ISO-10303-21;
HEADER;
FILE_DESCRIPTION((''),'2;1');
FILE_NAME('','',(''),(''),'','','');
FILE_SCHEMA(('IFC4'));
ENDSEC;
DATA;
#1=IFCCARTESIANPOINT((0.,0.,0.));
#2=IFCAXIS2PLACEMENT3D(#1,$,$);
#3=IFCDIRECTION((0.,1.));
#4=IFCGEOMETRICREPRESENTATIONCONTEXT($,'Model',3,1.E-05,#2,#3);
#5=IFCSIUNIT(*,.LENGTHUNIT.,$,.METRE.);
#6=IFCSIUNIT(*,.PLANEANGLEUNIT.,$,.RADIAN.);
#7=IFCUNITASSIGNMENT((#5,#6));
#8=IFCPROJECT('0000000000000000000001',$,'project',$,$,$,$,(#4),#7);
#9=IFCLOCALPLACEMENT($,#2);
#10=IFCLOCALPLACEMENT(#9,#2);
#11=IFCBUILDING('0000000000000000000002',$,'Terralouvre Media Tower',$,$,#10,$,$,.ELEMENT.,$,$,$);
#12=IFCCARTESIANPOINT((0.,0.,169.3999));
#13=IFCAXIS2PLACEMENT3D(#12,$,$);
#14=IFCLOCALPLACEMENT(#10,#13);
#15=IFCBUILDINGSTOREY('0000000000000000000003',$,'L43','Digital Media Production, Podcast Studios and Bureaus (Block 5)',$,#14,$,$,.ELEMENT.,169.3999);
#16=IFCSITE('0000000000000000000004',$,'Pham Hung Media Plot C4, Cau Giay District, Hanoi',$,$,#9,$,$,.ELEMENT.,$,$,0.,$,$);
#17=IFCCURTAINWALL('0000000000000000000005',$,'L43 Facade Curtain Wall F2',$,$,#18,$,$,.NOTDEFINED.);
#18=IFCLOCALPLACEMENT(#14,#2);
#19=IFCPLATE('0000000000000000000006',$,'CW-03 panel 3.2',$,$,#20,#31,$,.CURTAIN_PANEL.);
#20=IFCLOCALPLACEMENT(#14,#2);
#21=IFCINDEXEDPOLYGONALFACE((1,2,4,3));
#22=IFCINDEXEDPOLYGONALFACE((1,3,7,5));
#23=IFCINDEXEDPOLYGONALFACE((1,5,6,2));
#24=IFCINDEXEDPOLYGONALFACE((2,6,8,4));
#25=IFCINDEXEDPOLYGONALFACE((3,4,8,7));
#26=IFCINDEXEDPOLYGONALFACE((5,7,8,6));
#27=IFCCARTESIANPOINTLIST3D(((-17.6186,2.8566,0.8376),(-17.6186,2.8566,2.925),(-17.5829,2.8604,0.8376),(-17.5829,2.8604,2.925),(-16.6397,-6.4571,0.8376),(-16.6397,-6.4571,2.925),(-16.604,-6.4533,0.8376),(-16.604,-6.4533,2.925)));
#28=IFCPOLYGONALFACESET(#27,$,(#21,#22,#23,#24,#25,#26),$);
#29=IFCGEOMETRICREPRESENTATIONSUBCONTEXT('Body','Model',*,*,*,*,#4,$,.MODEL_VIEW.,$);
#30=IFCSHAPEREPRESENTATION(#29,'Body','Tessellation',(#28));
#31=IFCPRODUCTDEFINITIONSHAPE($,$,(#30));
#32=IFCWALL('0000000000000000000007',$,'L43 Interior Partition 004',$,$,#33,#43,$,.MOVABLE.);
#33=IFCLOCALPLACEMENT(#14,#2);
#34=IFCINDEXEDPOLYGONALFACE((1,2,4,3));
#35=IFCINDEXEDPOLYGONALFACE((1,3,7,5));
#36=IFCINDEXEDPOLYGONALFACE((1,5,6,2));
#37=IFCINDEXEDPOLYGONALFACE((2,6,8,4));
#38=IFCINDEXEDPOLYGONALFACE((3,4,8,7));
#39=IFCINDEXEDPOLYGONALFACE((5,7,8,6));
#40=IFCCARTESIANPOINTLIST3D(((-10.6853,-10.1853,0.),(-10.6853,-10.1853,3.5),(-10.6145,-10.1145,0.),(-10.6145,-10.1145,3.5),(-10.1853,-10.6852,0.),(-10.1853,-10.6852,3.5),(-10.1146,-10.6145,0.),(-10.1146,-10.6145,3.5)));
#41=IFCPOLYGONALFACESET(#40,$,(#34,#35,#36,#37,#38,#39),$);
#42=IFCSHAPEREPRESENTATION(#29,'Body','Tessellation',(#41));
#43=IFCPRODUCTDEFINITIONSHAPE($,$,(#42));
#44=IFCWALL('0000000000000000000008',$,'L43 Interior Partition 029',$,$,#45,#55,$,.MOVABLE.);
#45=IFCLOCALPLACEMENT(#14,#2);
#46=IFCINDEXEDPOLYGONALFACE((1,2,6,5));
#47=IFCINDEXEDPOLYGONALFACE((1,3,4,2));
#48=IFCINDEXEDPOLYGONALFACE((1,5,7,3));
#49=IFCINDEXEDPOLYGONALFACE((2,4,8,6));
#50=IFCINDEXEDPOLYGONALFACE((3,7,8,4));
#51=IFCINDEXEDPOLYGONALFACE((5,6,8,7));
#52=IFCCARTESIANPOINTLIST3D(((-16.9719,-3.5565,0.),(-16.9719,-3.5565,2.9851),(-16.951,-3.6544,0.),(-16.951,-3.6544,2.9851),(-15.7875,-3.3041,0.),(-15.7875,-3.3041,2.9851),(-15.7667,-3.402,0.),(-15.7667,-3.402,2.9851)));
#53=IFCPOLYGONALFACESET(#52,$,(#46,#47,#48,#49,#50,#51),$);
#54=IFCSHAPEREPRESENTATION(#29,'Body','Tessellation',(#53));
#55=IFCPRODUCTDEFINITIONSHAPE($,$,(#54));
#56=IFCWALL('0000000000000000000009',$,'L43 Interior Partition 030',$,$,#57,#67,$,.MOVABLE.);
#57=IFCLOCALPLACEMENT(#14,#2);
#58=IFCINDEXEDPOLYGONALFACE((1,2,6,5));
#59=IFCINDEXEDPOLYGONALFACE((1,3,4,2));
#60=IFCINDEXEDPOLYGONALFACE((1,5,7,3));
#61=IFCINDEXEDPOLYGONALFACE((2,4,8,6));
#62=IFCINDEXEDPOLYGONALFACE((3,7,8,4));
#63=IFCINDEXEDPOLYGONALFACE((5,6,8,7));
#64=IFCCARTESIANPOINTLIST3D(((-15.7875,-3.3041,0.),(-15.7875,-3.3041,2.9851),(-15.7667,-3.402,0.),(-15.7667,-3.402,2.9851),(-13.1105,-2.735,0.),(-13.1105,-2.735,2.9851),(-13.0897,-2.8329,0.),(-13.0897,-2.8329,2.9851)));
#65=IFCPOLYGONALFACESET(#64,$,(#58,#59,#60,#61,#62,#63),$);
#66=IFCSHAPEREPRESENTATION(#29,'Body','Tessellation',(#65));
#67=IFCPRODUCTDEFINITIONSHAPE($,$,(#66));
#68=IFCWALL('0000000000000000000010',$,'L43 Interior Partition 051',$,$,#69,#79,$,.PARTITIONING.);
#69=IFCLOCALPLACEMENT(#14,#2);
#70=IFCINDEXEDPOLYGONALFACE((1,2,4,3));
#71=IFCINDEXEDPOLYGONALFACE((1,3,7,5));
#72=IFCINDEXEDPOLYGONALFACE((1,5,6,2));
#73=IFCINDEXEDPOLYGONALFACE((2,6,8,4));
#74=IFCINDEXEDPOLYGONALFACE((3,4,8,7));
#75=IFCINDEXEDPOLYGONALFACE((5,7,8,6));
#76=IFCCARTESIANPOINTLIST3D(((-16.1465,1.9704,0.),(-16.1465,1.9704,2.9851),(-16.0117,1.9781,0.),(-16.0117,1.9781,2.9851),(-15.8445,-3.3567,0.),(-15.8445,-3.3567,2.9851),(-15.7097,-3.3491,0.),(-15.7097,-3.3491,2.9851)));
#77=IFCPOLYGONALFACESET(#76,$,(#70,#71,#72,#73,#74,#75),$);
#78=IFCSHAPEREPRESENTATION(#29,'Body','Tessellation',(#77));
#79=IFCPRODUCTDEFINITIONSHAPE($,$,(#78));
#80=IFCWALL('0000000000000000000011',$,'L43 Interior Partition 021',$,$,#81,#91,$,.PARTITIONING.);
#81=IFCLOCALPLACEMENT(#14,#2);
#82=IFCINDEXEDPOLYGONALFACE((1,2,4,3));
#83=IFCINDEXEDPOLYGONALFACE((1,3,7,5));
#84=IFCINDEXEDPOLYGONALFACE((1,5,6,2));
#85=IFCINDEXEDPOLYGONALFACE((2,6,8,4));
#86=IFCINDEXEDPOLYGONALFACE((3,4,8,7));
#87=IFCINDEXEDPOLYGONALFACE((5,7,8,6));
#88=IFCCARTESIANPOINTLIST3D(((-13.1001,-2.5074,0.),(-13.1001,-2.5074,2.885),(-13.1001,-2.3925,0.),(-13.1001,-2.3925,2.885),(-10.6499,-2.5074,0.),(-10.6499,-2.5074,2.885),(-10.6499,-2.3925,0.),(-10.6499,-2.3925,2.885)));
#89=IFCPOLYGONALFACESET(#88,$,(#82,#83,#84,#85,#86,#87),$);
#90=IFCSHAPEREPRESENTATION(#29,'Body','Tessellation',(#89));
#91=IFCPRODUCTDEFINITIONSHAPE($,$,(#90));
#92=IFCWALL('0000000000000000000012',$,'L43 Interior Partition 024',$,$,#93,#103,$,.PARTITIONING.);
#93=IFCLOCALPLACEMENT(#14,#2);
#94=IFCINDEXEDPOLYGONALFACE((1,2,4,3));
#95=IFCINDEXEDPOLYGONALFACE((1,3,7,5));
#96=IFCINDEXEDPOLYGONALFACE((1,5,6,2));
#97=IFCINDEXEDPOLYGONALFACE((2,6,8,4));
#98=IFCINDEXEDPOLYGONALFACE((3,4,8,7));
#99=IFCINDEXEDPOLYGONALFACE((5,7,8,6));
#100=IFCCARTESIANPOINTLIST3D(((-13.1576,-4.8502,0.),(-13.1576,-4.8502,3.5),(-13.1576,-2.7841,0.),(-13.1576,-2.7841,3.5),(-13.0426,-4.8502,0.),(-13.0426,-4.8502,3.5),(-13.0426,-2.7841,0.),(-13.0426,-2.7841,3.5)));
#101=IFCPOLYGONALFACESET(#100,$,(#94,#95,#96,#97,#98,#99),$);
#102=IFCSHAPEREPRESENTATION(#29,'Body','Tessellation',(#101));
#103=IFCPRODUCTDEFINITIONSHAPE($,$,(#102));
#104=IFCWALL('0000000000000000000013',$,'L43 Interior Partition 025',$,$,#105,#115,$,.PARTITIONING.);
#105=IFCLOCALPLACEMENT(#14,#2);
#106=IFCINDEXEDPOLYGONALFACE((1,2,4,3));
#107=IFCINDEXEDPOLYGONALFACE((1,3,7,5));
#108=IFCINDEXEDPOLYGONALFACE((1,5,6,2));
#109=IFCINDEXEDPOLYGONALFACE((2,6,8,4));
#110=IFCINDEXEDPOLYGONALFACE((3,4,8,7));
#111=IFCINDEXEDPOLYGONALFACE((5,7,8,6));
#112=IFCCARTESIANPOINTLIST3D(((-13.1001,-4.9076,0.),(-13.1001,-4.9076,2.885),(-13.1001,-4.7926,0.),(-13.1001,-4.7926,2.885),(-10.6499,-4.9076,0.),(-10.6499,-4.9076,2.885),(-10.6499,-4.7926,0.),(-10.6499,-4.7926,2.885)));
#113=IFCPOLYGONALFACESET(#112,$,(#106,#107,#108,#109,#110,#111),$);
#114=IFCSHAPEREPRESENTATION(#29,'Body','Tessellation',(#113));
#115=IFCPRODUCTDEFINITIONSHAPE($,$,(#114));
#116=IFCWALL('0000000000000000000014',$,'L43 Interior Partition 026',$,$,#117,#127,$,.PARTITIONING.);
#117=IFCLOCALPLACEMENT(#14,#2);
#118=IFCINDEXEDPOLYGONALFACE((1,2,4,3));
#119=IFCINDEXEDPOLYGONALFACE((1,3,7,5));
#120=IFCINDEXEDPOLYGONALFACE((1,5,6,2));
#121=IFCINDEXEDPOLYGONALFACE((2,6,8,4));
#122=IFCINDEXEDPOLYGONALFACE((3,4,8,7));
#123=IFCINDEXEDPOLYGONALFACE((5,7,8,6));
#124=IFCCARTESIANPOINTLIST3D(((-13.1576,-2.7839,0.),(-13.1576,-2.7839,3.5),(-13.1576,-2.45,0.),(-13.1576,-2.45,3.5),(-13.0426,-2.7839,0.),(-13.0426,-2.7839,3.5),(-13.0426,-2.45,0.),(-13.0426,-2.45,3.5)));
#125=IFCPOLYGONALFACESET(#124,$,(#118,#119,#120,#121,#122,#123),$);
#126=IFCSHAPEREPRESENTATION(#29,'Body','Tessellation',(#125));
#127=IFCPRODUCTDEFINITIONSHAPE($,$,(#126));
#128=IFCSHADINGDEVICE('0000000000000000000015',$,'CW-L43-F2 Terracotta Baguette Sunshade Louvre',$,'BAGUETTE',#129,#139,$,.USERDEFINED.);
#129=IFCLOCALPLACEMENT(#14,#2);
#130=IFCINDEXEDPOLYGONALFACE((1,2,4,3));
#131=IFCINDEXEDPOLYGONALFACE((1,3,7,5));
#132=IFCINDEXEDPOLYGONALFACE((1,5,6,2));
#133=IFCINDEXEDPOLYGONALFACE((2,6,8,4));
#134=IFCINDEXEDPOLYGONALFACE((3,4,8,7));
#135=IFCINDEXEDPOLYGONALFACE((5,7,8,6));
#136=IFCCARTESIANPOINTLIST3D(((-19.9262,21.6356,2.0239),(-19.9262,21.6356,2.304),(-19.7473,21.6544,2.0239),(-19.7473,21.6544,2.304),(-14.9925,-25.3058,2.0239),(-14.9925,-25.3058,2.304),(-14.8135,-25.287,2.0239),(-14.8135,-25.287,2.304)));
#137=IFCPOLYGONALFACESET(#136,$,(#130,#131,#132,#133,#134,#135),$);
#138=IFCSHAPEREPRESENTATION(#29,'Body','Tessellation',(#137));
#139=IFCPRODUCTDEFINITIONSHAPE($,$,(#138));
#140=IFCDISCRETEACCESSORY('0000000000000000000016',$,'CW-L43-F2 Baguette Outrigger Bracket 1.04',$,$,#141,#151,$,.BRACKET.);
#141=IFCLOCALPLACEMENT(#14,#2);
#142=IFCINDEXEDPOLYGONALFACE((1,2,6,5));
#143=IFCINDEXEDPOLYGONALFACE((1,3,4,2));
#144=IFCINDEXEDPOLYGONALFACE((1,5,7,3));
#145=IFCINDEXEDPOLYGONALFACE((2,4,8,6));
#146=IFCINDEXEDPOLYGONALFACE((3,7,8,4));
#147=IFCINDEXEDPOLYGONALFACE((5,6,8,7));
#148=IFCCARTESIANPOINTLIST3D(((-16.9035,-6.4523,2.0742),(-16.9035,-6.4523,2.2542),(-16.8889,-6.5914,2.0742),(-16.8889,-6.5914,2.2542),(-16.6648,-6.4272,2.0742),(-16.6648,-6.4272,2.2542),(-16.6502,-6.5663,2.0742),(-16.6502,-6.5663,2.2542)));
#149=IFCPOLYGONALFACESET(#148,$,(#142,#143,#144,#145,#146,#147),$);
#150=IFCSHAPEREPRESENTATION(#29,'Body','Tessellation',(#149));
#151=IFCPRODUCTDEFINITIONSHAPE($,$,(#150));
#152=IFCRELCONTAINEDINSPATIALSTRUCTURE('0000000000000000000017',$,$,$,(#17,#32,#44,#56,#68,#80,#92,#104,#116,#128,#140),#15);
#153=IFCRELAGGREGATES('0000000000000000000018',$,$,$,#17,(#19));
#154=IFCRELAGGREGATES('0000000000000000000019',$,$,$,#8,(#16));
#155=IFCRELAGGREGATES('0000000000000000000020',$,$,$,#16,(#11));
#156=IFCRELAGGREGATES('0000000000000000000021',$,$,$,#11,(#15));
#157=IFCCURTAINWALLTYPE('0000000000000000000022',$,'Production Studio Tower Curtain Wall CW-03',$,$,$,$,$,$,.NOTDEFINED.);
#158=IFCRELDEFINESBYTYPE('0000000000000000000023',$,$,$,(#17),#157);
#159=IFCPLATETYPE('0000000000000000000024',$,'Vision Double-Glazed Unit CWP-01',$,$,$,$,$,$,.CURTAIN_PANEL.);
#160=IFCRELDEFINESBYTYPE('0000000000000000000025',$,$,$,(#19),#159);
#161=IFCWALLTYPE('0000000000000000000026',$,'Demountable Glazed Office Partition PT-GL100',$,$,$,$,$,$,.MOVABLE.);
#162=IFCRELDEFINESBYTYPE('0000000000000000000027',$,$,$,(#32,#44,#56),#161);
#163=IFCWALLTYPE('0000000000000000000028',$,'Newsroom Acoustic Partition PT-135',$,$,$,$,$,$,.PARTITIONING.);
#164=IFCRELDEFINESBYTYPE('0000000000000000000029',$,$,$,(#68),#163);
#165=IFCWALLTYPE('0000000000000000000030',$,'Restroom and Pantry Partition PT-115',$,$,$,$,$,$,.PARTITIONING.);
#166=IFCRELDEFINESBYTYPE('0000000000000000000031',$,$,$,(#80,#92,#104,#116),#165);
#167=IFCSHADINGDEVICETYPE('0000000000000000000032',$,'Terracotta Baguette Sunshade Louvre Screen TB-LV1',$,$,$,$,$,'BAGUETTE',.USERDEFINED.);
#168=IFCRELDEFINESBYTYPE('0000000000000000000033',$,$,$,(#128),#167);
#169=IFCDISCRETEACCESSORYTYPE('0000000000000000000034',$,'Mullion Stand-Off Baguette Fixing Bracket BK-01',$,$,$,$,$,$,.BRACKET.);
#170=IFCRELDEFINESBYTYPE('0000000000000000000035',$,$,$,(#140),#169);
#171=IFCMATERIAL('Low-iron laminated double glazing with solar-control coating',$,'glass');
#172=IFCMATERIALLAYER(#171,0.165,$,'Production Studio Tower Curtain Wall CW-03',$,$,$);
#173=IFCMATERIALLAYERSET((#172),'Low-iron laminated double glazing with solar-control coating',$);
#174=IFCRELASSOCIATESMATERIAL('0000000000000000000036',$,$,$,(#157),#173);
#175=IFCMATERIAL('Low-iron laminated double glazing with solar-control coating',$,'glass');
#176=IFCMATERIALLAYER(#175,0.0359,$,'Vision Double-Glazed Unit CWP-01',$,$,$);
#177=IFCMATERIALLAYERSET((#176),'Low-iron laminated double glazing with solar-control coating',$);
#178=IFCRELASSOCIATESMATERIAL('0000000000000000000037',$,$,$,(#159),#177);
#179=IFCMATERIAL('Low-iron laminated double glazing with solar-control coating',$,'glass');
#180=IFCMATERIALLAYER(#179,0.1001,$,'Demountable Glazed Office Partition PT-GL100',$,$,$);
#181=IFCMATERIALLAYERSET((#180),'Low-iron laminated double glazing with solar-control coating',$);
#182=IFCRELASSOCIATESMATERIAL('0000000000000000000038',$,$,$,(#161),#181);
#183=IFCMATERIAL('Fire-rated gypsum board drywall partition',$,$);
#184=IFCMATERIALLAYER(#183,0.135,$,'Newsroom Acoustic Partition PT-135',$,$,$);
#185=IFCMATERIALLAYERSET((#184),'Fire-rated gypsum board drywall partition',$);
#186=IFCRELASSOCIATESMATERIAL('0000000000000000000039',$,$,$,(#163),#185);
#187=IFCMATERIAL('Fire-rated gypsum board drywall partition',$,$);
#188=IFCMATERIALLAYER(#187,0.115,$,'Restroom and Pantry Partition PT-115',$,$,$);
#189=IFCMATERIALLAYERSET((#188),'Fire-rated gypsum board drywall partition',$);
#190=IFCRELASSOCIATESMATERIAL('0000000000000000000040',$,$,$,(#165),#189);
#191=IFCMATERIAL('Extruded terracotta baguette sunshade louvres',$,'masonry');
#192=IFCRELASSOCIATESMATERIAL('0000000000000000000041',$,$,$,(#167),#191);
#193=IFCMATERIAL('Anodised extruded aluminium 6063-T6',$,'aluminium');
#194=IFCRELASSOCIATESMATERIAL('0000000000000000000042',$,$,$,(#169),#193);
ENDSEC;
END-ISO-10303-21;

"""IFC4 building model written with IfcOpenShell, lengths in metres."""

from ifc_helpers import new_model, si_unit, direction, frame, frame_2d, origin, origin_2d, place, context, subcontext, project, spatial, rectangle, extrude, material, layer, layer_set, type_object, element, aggregate, save


model = new_model("IFC4")

# Units and contexts
model_context = context("Model", 3, precision=1e-05, world=origin(), true_north=direction((0.0, 1.0)))
body_context = subcontext(model_context, "Body", "Model", "MODEL_VIEW")
ifc_project = project(units=[si_unit("LENGTHUNIT", "METRE"), si_unit("PLANEANGLEUNIT", "RADIAN")], contexts=[model_context])

# Site, building, storey
site_placement = place(None, origin())
site = spatial("IfcSite", under=ifc_project, at=site_placement, Name="Pham Hung Media Plot C4, Cau Giay District, Hanoi", CompositionType="ELEMENT", RefElevation=0.0)
building_placement = place(site_placement, origin())
building = spatial("IfcBuilding", under=site, at=building_placement, Name="Terralouvre Media Tower", CompositionType="ELEMENT")
storey_placement = place(building_placement, frame((0.0, 0.0, 169.3999)))
storey = spatial("IfcBuildingStorey", under=building, at=storey_placement, Name="L43", Description="Digital Media Production, Podcast Studios and Bureaus (Block 5)", CompositionType="ELEMENT", Elevation=169.3999)

# Curtain wall
ifc_material_1 = material(Name="Low-iron laminated double glazing with solar-control coating", Category="glass")
ifc_layer_1 = layer(ifc_material_1, 0.165, Name="Production Studio Tower Curtain Wall CW-03")
ifc_layer_set_1 = layer_set([ifc_layer_1], Name="Low-iron laminated double glazing with solar-control coating")
curtain_wall_type = type_object("IfcCurtainWallType", Name="Production Studio Tower Curtain Wall CW-03", PredefinedType="NOTDEFINED", material=ifc_layer_set_1)
curtain_wall_placement = place(storey_placement, origin())
curtain_wall = element("IfcCurtainWall", 1, at=curtain_wall_placement, inside=storey, type_object=curtain_wall_type, Name="L43 Facade Curtain Wall F2", PredefinedType="NOTDEFINED")

# Plate
ifc_material_2 = material(Name="Low-iron laminated double glazing with solar-control coating", Category="glass")
ifc_layer_2 = layer(ifc_material_2, 0.0359, Name="Vision Double-Glazed Unit CWP-01")
ifc_layer_set_2 = layer_set([ifc_layer_2], Name="Low-iron laminated double glazing with solar-control coating")
plate_type = type_object("IfcPlateType", Name="Vision Double-Glazed Unit CWP-01", PredefinedType="CURTAIN_PANEL", material=ifc_layer_set_2)
plate_1_placement = place(storey_placement, frame((-17.1113, -1.7983, 0.8376), z_axis=(0.0, 0.0, 1.0), x_axis=(0.104528, -0.994522, 0.0)))
plate_1 = element("IfcPlate", 2, at=plate_1_placement, type_object=plate_type, Name="CW-03 panel 3.2", PredefinedType="CURTAIN_PANEL", context=body_context, shape_type="SweptSolid", body=[
    extrude(rectangle(XDim=9.365, YDim=0.0359, at=origin_2d()), origin(), (0.0, 0.0, 1.0), 2.0874),
])
aggregate(curtain_wall, [plate_1])

# Walls
ifc_material_3 = material(Name="Low-iron laminated double glazing with solar-control coating", Category="glass")
ifc_layer_3 = layer(ifc_material_3, 0.1001, Name="Demountable Glazed Office Partition PT-GL100")
ifc_layer_set_3 = layer_set([ifc_layer_3], Name="Low-iron laminated double glazing with solar-control coating")
wall_type_1 = type_object("IfcWallType", Name="Demountable Glazed Office Partition PT-GL100", PredefinedType="MOVABLE", material=ifc_layer_set_3)
wall_1_placement = place(storey_placement, frame((-10.6499, -10.1499, 0.0), z_axis=(0.0, 0.0, 1.0), x_axis=(0.707107, -0.707107, 0.0)))
element("IfcWall", 3, at=wall_1_placement, inside=storey, type_object=wall_type_1, Name="L43 Interior Partition 004", PredefinedType="MOVABLE", context=body_context, shape_type="SweptSolid", body=[
    extrude(rectangle(XDim=0.707, YDim=0.1001, at=frame_2d((0.3535, 0.0))), origin(), (0.0, 0.0, 1.0), 3.5),
])
wall_2_placement = place(storey_placement, frame((-15.7771, -3.353, 0.0), z_axis=(0.0, 0.0, 1.0), x_axis=(-0.978029, -0.208469, 0.0)))
element("IfcWall", 4, at=wall_2_placement, inside=storey, type_object=wall_type_1, Name="L43 Interior Partition 029", PredefinedType="MOVABLE", context=body_context, shape_type="SweptSolid", body=[
    extrude(rectangle(XDim=1.2109, YDim=0.1001, at=frame_2d((0.6055, 0.0))), origin(), (0.0, 0.0, 1.0), 2.9851),
])
wall_3_placement = place(storey_placement, frame((-13.1001, -2.7839, 0.0), z_axis=(0.0, 0.0, 1.0), x_axis=(-0.978142, -0.207939, 0.0)))
element("IfcWall", 5, at=wall_3_placement, inside=storey, type_object=wall_type_1, Name="L43 Interior Partition 030", PredefinedType="MOVABLE", context=body_context, shape_type="SweptSolid", body=[
    extrude(rectangle(XDim=2.7368, YDim=0.1001, at=frame_2d((1.3684, 0.0))), origin(), (0.0, 0.0, 1.0), 2.9851),
])
ifc_material_4 = material(Name="Fire-rated gypsum board drywall partition")
ifc_layer_4 = layer(ifc_material_4, 0.135, Name="Newsroom Acoustic Partition PT-135")
ifc_layer_set_4 = layer_set([ifc_layer_4], Name="Fire-rated gypsum board drywall partition")
wall_type_2 = type_object("IfcWallType", Name="Newsroom Acoustic Partition PT-135", PredefinedType="PARTITIONING", material=ifc_layer_set_4)
wall_4_placement = place(storey_placement, frame((-15.7771, -3.353, 0.0), z_axis=(0.0, 0.0, 1.0), x_axis=(-0.0566, 0.998397, 0.0)))
element("IfcWall", 6, at=wall_4_placement, inside=storey, type_object=wall_type_2, Name="L43 Interior Partition 051", PredefinedType="PARTITIONING", context=body_context, shape_type="SweptSolid", body=[
    extrude(rectangle(XDim=5.3357, YDim=0.135, at=frame_2d((2.668, 0.0))), origin(), (0.0, 0.0, 1.0), 2.9851),
])
ifc_material_5 = material(Name="Fire-rated gypsum board drywall partition")
ifc_layer_5 = layer(ifc_material_5, 0.115, Name="Restroom and Pantry Partition PT-115")
ifc_layer_set_5 = layer_set([ifc_layer_5], Name="Fire-rated gypsum board drywall partition")
wall_type_3 = type_object("IfcWallType", Name="Restroom and Pantry Partition PT-115", PredefinedType="PARTITIONING", material=ifc_layer_set_5)
wall_5_placement = place(storey_placement, frame((-13.1001, -2.45, 0.0), z_axis=(0.0, 0.0, 1.0), x_axis=(1.0, 0.0, 0.0)))
element("IfcWall", 7, at=wall_5_placement, inside=storey, type_object=wall_type_3, Name="L43 Interior Partition 021", PredefinedType="PARTITIONING", context=body_context, shape_type="SweptSolid", body=[
    extrude(rectangle(XDim=2.4502, YDim=0.115, at=frame_2d((1.2251, 0.0))), origin(), (0.0, 0.0, 1.0), 2.885),
])
wall_6_placement = place(storey_placement, frame((-13.1001, -2.7839, 0.0), z_axis=(0.0, 0.0, 1.0), x_axis=(0.0, -1.0, 0.0)))
element("IfcWall", 8, at=wall_6_placement, inside=storey, type_object=wall_type_3, Name="L43 Interior Partition 024", PredefinedType="PARTITIONING", context=body_context, shape_type="SweptSolid", body=[
    extrude(rectangle(XDim=2.0662, YDim=0.115, at=frame_2d((1.0332, 0.0))), origin(), (0.0, 0.0, 1.0), 3.5),
])
wall_7_placement = place(storey_placement, frame((-13.1001, -4.8501, 0.0), z_axis=(0.0, 0.0, 1.0), x_axis=(1.0, 0.0, 0.0)))
element("IfcWall", 9, at=wall_7_placement, inside=storey, type_object=wall_type_3, Name="L43 Interior Partition 025", PredefinedType="PARTITIONING", context=body_context, shape_type="SweptSolid", body=[
    extrude(rectangle(XDim=2.4502, YDim=0.115, at=frame_2d((1.2251, 0.0))), origin(), (0.0, 0.0, 1.0), 2.885),
])
wall_8_placement = place(storey_placement, frame((-13.1001, -2.45, 0.0), z_axis=(0.0, 0.0, 1.0), x_axis=(0.0, -1.0, 0.0)))
element("IfcWall", 10, at=wall_8_placement, inside=storey, type_object=wall_type_3, Name="L43 Interior Partition 026", PredefinedType="PARTITIONING", context=body_context, shape_type="SweptSolid", body=[
    extrude(rectangle(XDim=0.334, YDim=0.115, at=frame_2d((0.167, 0.0))), origin(), (0.0, 0.0, 1.0), 3.5),
])

# Shading device
ifc_material_6 = material(Name="Extruded terracotta baguette sunshade louvres", Category="masonry")
shading_device_type = type_object("IfcShadingDeviceType", Name="Terracotta Baguette Sunshade Louvre Screen TB-LV1", ElementType="BAGUETTE", PredefinedType="USERDEFINED", material=ifc_material_6)
shading_device_placement = place(storey_placement, frame((-17.3699, -1.8257, 2.0239), z_axis=(0.0, 0.0, 1.0), x_axis=(0.104528, -0.994522, 0.0)))
element("IfcShadingDevice", 11, at=shading_device_placement, inside=storey, type_object=shading_device_type, Name="CW-L43-F2 Terracotta Baguette Sunshade Louvre", ObjectType="BAGUETTE", PredefinedType="USERDEFINED", context=body_context, shape_type="SweptSolid", body=[
    extrude(rectangle(XDim=47.2, YDim=0.1799, at=origin_2d()), origin(), (0.0, 0.0, 1.0), 0.28),
])

# Discrete accessory
ifc_material_7 = material(Name="Anodised extruded aluminium 6063-T6", Category="aluminium")
discrete_accessory_type = type_object("IfcDiscreteAccessoryType", Name="Mullion Stand-Off Baguette Fixing Bracket BK-01", PredefinedType="BRACKET", material=ifc_material_7)
discrete_accessory_placement = place(storey_placement, frame((-16.7769, -6.5093, 2.0742), z_axis=(0.0, 0.0, 1.0), x_axis=(0.104528, -0.994522, 0.0)))
element("IfcDiscreteAccessory", 12, at=discrete_accessory_placement, inside=storey, type_object=discrete_accessory_type, Name="CW-L43-F2 Baguette Outrigger Bracket 1.04", PredefinedType="BRACKET", context=body_context, shape_type="SweptSolid", body=[
    extrude(rectangle(XDim=0.1399, YDim=0.24, at=origin_2d()), origin(), (0.0, 0.0, 1.0), 0.1799),
])

save(model, "model.ifc")
